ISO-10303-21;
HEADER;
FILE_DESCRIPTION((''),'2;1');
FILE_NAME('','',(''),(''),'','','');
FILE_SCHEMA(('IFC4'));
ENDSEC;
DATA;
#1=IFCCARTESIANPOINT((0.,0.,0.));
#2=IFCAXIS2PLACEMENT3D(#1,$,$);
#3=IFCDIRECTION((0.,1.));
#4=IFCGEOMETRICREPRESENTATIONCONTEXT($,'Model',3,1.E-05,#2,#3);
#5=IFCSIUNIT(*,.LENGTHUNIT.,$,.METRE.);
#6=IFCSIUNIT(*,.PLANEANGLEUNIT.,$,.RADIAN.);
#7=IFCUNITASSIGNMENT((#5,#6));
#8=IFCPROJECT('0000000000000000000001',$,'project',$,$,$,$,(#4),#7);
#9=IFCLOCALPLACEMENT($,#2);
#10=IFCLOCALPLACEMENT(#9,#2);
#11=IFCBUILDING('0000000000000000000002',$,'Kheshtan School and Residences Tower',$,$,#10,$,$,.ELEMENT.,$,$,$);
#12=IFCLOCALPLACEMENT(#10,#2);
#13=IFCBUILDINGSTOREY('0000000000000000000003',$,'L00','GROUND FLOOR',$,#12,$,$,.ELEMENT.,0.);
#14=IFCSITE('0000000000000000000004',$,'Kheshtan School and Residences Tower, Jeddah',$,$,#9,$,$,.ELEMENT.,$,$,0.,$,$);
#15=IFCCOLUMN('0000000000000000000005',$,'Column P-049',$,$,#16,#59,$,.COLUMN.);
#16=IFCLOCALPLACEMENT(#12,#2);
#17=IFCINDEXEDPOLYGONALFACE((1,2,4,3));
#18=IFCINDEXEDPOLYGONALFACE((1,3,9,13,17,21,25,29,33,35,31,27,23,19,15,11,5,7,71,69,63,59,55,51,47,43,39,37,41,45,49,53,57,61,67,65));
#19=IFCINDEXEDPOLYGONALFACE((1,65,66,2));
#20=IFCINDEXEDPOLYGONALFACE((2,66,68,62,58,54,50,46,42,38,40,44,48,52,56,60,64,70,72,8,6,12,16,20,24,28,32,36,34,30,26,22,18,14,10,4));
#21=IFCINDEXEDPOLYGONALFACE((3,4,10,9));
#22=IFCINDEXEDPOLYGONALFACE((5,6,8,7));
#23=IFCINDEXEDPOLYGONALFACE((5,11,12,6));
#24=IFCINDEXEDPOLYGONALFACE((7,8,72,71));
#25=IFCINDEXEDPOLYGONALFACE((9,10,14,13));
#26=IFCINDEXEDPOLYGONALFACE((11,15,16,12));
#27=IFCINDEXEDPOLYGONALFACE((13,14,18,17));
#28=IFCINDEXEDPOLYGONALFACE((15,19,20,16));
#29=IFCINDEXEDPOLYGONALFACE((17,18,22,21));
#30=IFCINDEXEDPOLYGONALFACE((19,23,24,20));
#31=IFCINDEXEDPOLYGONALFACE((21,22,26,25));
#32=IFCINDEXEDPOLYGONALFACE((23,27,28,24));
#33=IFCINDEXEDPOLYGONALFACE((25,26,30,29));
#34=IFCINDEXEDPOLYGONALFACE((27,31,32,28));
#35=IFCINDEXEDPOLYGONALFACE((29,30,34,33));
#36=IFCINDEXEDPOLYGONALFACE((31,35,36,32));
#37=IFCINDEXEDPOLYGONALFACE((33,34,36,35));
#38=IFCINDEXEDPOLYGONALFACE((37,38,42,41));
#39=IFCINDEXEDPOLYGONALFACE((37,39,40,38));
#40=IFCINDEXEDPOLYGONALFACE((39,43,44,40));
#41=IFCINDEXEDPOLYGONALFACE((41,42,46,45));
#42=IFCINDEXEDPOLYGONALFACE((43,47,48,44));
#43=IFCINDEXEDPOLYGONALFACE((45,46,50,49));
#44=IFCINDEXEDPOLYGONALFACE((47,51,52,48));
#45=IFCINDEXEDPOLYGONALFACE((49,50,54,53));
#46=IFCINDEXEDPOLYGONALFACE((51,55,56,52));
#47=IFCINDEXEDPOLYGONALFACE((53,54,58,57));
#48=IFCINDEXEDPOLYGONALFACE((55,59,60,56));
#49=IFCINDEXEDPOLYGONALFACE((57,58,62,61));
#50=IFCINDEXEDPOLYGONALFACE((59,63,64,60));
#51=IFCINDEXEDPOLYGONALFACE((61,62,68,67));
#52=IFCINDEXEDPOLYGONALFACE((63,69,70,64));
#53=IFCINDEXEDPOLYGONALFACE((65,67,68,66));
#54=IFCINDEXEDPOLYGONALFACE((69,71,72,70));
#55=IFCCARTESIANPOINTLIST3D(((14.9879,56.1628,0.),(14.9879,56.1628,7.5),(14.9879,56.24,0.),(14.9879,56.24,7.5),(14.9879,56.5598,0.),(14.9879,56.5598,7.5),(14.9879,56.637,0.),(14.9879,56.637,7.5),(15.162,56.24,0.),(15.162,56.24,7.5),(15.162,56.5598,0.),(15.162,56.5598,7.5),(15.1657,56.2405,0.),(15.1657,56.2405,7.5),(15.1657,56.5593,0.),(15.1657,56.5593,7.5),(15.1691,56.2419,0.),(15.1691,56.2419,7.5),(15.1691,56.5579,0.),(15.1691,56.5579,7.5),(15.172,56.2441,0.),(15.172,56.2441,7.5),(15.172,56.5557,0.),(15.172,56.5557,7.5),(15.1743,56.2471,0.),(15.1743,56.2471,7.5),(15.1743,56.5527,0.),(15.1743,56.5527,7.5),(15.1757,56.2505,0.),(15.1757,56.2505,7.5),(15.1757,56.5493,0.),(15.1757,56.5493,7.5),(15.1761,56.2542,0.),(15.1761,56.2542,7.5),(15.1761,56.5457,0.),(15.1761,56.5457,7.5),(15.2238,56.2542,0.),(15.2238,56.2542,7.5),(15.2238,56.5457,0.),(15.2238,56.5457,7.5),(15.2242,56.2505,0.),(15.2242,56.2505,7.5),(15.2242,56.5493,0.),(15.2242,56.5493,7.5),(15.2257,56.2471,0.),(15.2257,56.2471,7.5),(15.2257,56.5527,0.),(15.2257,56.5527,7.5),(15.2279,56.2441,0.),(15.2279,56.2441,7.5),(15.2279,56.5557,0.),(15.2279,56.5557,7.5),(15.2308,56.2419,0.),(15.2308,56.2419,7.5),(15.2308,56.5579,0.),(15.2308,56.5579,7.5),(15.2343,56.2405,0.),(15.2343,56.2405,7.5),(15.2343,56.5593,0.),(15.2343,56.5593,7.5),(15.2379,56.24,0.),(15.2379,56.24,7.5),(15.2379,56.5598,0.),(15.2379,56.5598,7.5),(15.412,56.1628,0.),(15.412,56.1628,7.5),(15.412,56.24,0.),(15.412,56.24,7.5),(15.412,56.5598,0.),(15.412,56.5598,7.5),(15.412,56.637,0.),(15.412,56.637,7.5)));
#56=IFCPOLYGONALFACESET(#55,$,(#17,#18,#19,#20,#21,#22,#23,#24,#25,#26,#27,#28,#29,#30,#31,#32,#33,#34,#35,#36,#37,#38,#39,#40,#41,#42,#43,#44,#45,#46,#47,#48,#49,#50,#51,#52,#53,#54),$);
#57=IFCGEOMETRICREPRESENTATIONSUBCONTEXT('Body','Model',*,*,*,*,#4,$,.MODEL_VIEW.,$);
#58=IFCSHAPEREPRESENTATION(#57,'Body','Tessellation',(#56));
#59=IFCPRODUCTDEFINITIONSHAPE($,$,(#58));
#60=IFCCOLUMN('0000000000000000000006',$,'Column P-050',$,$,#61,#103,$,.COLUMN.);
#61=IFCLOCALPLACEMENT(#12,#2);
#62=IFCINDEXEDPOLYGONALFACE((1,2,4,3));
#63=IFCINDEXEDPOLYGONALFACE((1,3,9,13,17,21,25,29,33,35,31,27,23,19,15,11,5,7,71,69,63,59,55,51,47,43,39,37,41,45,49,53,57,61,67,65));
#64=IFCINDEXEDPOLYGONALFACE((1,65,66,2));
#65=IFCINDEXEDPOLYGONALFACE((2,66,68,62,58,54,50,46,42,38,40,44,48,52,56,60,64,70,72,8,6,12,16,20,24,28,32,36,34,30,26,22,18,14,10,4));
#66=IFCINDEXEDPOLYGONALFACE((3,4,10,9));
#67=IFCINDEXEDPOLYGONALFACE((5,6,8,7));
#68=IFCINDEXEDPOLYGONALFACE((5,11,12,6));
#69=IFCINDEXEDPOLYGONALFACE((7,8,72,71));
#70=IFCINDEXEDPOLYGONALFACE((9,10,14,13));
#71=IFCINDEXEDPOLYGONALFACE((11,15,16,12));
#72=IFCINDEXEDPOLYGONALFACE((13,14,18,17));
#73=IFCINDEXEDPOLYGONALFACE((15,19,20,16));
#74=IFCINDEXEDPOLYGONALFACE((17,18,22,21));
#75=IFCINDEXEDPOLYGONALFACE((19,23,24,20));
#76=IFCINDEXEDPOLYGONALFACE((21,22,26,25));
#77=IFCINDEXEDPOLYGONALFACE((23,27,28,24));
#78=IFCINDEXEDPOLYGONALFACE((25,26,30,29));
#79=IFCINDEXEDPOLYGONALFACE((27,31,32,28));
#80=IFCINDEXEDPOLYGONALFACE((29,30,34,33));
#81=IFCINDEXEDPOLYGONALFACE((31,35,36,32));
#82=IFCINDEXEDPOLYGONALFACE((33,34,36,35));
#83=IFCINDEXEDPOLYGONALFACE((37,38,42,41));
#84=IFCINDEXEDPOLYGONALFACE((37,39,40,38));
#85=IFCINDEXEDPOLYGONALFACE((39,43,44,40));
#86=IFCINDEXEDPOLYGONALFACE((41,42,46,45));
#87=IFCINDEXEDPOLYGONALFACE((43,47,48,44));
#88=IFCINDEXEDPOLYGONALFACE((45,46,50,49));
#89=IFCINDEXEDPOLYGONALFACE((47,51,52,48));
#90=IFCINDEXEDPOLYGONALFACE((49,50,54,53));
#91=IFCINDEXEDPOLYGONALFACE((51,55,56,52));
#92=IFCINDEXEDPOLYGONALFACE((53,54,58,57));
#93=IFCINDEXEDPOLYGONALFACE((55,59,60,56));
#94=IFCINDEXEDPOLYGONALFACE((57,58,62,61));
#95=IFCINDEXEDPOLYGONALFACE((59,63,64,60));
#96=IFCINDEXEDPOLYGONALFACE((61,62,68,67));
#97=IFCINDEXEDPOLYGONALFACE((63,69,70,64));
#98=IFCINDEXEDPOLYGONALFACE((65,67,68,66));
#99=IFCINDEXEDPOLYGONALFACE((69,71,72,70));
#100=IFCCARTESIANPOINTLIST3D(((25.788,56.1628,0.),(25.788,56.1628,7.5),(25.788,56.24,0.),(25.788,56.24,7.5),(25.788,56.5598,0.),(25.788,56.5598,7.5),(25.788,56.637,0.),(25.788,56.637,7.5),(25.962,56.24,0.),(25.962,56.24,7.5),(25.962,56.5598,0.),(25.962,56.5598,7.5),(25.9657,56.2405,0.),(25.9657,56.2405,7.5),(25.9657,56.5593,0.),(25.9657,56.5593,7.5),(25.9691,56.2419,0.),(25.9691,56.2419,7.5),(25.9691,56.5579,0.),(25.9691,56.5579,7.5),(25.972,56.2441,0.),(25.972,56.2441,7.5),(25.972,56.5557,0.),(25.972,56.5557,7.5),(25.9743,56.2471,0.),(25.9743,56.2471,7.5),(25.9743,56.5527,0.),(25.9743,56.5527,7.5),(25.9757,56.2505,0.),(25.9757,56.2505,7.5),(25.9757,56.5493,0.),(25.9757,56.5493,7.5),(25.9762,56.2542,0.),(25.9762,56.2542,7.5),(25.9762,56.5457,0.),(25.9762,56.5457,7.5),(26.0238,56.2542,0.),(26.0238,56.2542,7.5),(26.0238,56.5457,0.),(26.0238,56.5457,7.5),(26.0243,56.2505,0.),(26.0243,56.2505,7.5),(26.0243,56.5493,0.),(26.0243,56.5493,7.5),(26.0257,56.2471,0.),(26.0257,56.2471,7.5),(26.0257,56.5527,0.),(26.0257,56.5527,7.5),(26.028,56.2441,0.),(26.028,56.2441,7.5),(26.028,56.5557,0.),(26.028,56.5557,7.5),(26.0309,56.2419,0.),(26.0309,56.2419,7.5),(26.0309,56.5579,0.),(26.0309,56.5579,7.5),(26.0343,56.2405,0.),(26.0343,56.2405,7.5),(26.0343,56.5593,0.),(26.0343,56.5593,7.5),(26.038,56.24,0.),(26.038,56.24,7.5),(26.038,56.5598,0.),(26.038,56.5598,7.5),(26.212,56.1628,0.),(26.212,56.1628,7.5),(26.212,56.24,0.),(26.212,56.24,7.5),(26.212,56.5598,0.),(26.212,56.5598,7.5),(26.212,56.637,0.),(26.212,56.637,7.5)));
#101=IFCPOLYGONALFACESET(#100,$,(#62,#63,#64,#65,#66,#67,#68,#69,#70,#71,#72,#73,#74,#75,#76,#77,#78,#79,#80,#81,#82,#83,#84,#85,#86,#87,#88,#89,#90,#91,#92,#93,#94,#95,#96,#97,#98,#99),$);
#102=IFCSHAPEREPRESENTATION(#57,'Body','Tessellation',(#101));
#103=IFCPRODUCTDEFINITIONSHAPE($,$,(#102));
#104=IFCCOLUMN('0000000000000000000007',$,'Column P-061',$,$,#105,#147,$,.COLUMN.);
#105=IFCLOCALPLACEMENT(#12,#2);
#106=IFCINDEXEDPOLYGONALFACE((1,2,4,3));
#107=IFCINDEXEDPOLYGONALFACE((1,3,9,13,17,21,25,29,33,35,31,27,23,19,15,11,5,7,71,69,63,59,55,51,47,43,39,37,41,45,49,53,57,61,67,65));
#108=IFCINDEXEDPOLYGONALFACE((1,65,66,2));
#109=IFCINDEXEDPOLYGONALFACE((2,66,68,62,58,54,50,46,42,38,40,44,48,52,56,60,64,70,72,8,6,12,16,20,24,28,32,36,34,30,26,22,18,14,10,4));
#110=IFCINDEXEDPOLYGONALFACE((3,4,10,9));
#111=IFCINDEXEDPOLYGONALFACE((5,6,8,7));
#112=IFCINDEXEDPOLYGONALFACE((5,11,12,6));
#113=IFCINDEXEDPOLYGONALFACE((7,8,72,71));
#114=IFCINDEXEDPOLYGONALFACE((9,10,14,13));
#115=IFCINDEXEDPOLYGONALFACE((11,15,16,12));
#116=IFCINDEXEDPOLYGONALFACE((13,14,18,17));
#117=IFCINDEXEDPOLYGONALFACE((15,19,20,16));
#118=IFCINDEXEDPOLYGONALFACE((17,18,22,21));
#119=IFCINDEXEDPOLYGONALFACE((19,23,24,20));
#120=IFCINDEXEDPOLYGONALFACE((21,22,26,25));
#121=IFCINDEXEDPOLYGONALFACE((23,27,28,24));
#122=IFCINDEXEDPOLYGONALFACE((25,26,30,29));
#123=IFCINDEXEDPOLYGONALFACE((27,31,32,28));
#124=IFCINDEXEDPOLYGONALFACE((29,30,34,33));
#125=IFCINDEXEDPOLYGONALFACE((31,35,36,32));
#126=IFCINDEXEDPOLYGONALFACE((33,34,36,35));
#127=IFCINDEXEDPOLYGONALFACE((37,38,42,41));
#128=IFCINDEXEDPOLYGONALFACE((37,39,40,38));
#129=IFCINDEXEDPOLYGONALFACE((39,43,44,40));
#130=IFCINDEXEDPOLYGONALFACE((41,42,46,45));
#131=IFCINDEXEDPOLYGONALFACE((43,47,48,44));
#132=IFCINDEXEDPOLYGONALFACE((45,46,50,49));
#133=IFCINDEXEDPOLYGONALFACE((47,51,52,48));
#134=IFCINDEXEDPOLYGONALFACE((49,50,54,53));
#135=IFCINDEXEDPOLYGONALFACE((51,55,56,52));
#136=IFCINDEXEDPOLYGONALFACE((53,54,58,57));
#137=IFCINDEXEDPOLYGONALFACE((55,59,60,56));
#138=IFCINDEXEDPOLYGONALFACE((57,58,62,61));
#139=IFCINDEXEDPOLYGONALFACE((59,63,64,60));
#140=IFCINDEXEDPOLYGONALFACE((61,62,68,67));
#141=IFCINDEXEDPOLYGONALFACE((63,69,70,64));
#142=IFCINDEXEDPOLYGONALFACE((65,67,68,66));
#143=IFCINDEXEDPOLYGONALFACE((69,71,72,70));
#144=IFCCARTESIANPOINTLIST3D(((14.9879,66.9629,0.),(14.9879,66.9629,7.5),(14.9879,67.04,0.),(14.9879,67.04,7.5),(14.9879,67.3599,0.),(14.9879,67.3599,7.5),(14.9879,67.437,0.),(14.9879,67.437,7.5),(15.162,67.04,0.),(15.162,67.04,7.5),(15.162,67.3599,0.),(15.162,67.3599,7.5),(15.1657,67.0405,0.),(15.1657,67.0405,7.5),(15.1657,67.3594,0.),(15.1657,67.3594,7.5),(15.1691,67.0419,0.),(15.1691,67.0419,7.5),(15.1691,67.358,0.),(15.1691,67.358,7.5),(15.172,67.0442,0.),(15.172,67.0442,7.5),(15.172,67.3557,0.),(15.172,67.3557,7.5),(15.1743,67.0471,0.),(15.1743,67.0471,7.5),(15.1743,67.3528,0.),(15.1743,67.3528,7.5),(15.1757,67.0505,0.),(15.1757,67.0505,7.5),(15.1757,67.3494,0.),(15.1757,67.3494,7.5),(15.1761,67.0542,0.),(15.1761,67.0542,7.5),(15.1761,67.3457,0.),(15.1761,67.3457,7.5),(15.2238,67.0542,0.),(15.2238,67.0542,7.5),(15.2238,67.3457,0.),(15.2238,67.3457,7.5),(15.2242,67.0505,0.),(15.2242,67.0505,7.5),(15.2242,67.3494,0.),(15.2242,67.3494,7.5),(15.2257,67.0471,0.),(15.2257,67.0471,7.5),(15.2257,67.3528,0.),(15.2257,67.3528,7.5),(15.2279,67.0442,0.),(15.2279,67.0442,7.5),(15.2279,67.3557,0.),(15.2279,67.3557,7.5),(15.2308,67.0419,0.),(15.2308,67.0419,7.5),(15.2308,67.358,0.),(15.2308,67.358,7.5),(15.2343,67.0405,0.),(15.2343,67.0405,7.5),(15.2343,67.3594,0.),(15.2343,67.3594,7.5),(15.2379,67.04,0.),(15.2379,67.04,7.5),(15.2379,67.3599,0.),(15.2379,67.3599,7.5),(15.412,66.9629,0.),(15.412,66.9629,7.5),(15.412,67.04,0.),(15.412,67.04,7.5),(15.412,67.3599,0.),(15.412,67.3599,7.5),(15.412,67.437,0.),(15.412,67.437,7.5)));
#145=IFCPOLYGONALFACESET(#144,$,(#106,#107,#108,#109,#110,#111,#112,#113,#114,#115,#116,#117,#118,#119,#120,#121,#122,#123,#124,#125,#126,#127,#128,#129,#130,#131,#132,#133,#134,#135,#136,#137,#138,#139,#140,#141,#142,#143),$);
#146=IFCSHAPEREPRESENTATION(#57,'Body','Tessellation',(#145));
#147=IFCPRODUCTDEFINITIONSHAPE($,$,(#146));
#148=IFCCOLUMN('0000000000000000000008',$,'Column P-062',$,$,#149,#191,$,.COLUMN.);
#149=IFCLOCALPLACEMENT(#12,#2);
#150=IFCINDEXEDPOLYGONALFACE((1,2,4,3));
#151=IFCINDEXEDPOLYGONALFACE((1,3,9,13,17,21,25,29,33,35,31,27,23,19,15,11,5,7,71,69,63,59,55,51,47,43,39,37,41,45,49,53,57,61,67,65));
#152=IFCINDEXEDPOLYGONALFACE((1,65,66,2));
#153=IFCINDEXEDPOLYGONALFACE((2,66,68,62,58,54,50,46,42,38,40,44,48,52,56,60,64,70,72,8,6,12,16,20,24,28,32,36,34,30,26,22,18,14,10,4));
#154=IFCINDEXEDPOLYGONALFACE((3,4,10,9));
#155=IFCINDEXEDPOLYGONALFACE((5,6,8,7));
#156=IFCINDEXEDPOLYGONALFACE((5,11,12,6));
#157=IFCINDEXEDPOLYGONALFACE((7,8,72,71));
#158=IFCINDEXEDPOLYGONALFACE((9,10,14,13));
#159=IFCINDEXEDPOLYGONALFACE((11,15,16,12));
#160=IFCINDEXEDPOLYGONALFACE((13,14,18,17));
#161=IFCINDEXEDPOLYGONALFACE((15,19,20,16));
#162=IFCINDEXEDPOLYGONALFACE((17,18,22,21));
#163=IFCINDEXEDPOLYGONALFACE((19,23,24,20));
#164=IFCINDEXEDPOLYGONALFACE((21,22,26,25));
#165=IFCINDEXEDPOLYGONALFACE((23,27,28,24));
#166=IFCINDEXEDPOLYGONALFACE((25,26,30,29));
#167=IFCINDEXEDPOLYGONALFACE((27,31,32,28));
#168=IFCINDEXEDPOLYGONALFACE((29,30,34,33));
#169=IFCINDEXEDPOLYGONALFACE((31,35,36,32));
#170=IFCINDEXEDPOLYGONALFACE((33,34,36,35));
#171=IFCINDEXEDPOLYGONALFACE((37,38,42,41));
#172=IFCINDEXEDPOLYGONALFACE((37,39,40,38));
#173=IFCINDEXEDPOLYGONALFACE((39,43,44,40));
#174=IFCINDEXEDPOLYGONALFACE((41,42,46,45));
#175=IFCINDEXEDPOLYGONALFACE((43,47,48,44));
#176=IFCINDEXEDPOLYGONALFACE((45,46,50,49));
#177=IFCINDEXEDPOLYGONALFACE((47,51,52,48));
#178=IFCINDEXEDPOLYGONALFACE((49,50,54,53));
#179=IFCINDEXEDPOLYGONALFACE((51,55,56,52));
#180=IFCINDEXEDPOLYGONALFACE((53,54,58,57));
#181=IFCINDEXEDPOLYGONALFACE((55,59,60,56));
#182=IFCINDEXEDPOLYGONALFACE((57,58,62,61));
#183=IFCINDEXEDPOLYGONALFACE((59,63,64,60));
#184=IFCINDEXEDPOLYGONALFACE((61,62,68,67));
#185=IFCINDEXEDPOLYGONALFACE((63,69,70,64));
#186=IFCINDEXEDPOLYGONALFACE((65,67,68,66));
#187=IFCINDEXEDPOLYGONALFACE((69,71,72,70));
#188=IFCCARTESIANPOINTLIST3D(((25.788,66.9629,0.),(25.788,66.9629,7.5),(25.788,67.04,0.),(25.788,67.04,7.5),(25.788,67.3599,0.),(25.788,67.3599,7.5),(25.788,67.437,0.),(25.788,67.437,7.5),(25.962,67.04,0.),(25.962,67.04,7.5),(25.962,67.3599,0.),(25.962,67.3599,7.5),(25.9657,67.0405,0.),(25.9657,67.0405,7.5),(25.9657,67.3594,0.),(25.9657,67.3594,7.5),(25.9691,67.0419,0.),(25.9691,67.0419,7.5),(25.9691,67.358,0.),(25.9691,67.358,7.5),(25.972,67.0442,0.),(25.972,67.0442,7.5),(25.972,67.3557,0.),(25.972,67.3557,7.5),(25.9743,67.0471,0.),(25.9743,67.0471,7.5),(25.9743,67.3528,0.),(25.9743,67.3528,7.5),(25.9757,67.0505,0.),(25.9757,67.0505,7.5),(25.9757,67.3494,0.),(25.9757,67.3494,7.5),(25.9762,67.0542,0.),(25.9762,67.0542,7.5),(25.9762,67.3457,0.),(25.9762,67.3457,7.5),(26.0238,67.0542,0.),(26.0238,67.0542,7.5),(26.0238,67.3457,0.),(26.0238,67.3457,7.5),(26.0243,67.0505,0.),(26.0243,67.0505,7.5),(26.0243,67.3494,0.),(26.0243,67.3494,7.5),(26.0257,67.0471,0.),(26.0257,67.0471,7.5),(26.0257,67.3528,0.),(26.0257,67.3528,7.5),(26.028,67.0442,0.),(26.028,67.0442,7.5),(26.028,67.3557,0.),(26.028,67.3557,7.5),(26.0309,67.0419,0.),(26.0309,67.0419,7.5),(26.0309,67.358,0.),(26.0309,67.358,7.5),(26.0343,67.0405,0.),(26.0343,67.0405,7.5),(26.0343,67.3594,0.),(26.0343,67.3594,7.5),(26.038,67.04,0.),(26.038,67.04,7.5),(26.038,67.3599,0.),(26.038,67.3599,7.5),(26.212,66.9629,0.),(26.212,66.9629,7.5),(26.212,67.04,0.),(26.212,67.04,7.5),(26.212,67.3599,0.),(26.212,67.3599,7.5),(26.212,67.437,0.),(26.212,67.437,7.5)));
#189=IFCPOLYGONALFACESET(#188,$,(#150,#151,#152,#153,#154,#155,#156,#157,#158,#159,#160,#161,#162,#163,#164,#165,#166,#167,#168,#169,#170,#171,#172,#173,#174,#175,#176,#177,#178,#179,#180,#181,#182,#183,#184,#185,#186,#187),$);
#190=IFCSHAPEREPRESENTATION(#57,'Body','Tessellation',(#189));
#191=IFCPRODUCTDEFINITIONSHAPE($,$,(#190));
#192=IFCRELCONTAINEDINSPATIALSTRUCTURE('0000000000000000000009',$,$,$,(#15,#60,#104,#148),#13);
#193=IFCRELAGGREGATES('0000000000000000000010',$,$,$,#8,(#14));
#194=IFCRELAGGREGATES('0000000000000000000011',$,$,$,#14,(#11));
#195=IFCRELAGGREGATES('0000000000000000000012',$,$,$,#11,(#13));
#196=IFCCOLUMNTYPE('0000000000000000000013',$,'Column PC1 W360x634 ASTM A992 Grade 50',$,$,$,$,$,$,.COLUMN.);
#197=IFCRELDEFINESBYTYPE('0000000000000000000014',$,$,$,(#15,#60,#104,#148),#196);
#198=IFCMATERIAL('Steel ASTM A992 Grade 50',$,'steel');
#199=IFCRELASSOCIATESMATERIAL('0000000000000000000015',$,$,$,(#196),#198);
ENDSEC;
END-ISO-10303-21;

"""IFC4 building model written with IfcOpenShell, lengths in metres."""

from ifc_helpers import new_model, si_unit, direction, frame, origin, origin_2d, place, context, subcontext, project, spatial, i_section, extrude, material, material_profile, profile_set, type_object, element, save


model = new_model("IFC4")

# Units and contexts
model_context = context("Model", 3, precision=1e-05, world=origin(), true_north=direction((0.0, 1.0)))
body_context = subcontext(model_context, "Body", "Model", "MODEL_VIEW")
ifc_project = project(units=[si_unit("LENGTHUNIT", "METRE"), si_unit("PLANEANGLEUNIT", "RADIAN")], contexts=[model_context])

# Site, building, storey
site_placement = place(None, origin())
site = spatial("IfcSite", under=ifc_project, at=site_placement, Name="Kheshtan School and Residences Tower, Jeddah", CompositionType="ELEMENT", RefElevation=0.0)
building_placement = place(site_placement, origin())
building = spatial("IfcBuilding", under=site, at=building_placement, Name="Kheshtan School and Residences Tower", CompositionType="ELEMENT")
storey_placement = place(building_placement, origin())
storey = spatial("IfcBuildingStorey", under=building, at=storey_placement, Name="L00", Description="GROUND FLOOR", CompositionType="ELEMENT", Elevation=0.0)

# Columns
ifc_material_1 = material(Name="Steel ASTM A992 Grade 50", Category="steel")
ifc_material_profile_1 = material_profile(ifc_material_1, i_section(OverallWidth=0.4241, OverallDepth=0.4741, WebThickness=0.0476, FlangeThickness=0.0771, FilletRadius=0.0142, at=origin_2d()), Name="W360x634")
ifc_profile_set_1 = profile_set([ifc_material_profile_1], Name="Steel ASTM A992 Grade 50")
column_type = type_object("IfcColumnType", Name="Column PC1 W360x634 ASTM A992 Grade 50", PredefinedType="COLUMN", material=ifc_profile_set_1)
for number, where, z_axis, x_axis, name in (
    (1, (15.2, 56.3999, 0.0), (0.0, 0.0, 1.0), (1.0, 0.0, 0.0), "Column P-049"),
    (2, (26.0, 56.3999, 0.0), (0.0, 0.0, 1.0), (1.0, 0.0, 0.0), "Column P-050"),
    (3, (15.2, 67.2, 0.0), (0.0, 0.0, 1.0), (1.0, 0.0, 0.0), "Column P-061"),
    (4, (26.0, 67.2, 0.0), (0.0, 0.0, 1.0), (1.0, 0.0, 0.0), "Column P-062"),
):
    element("IfcColumn", number, at=place(storey_placement, frame(where, z_axis=z_axis, x_axis=x_axis)), inside=storey, type_object=column_type, Name=name, PredefinedType="COLUMN", context=body_context, shape_type="SweptSolid", body=[
        extrude(i_section(OverallWidth=0.4241, OverallDepth=0.4741, WebThickness=0.0476, FlangeThickness=0.0771, FilletRadius=0.0142, at=origin_2d()), origin(), (0.0, 0.0, 1.0), 7.5),
    ])

save(model, "model.ifc")
